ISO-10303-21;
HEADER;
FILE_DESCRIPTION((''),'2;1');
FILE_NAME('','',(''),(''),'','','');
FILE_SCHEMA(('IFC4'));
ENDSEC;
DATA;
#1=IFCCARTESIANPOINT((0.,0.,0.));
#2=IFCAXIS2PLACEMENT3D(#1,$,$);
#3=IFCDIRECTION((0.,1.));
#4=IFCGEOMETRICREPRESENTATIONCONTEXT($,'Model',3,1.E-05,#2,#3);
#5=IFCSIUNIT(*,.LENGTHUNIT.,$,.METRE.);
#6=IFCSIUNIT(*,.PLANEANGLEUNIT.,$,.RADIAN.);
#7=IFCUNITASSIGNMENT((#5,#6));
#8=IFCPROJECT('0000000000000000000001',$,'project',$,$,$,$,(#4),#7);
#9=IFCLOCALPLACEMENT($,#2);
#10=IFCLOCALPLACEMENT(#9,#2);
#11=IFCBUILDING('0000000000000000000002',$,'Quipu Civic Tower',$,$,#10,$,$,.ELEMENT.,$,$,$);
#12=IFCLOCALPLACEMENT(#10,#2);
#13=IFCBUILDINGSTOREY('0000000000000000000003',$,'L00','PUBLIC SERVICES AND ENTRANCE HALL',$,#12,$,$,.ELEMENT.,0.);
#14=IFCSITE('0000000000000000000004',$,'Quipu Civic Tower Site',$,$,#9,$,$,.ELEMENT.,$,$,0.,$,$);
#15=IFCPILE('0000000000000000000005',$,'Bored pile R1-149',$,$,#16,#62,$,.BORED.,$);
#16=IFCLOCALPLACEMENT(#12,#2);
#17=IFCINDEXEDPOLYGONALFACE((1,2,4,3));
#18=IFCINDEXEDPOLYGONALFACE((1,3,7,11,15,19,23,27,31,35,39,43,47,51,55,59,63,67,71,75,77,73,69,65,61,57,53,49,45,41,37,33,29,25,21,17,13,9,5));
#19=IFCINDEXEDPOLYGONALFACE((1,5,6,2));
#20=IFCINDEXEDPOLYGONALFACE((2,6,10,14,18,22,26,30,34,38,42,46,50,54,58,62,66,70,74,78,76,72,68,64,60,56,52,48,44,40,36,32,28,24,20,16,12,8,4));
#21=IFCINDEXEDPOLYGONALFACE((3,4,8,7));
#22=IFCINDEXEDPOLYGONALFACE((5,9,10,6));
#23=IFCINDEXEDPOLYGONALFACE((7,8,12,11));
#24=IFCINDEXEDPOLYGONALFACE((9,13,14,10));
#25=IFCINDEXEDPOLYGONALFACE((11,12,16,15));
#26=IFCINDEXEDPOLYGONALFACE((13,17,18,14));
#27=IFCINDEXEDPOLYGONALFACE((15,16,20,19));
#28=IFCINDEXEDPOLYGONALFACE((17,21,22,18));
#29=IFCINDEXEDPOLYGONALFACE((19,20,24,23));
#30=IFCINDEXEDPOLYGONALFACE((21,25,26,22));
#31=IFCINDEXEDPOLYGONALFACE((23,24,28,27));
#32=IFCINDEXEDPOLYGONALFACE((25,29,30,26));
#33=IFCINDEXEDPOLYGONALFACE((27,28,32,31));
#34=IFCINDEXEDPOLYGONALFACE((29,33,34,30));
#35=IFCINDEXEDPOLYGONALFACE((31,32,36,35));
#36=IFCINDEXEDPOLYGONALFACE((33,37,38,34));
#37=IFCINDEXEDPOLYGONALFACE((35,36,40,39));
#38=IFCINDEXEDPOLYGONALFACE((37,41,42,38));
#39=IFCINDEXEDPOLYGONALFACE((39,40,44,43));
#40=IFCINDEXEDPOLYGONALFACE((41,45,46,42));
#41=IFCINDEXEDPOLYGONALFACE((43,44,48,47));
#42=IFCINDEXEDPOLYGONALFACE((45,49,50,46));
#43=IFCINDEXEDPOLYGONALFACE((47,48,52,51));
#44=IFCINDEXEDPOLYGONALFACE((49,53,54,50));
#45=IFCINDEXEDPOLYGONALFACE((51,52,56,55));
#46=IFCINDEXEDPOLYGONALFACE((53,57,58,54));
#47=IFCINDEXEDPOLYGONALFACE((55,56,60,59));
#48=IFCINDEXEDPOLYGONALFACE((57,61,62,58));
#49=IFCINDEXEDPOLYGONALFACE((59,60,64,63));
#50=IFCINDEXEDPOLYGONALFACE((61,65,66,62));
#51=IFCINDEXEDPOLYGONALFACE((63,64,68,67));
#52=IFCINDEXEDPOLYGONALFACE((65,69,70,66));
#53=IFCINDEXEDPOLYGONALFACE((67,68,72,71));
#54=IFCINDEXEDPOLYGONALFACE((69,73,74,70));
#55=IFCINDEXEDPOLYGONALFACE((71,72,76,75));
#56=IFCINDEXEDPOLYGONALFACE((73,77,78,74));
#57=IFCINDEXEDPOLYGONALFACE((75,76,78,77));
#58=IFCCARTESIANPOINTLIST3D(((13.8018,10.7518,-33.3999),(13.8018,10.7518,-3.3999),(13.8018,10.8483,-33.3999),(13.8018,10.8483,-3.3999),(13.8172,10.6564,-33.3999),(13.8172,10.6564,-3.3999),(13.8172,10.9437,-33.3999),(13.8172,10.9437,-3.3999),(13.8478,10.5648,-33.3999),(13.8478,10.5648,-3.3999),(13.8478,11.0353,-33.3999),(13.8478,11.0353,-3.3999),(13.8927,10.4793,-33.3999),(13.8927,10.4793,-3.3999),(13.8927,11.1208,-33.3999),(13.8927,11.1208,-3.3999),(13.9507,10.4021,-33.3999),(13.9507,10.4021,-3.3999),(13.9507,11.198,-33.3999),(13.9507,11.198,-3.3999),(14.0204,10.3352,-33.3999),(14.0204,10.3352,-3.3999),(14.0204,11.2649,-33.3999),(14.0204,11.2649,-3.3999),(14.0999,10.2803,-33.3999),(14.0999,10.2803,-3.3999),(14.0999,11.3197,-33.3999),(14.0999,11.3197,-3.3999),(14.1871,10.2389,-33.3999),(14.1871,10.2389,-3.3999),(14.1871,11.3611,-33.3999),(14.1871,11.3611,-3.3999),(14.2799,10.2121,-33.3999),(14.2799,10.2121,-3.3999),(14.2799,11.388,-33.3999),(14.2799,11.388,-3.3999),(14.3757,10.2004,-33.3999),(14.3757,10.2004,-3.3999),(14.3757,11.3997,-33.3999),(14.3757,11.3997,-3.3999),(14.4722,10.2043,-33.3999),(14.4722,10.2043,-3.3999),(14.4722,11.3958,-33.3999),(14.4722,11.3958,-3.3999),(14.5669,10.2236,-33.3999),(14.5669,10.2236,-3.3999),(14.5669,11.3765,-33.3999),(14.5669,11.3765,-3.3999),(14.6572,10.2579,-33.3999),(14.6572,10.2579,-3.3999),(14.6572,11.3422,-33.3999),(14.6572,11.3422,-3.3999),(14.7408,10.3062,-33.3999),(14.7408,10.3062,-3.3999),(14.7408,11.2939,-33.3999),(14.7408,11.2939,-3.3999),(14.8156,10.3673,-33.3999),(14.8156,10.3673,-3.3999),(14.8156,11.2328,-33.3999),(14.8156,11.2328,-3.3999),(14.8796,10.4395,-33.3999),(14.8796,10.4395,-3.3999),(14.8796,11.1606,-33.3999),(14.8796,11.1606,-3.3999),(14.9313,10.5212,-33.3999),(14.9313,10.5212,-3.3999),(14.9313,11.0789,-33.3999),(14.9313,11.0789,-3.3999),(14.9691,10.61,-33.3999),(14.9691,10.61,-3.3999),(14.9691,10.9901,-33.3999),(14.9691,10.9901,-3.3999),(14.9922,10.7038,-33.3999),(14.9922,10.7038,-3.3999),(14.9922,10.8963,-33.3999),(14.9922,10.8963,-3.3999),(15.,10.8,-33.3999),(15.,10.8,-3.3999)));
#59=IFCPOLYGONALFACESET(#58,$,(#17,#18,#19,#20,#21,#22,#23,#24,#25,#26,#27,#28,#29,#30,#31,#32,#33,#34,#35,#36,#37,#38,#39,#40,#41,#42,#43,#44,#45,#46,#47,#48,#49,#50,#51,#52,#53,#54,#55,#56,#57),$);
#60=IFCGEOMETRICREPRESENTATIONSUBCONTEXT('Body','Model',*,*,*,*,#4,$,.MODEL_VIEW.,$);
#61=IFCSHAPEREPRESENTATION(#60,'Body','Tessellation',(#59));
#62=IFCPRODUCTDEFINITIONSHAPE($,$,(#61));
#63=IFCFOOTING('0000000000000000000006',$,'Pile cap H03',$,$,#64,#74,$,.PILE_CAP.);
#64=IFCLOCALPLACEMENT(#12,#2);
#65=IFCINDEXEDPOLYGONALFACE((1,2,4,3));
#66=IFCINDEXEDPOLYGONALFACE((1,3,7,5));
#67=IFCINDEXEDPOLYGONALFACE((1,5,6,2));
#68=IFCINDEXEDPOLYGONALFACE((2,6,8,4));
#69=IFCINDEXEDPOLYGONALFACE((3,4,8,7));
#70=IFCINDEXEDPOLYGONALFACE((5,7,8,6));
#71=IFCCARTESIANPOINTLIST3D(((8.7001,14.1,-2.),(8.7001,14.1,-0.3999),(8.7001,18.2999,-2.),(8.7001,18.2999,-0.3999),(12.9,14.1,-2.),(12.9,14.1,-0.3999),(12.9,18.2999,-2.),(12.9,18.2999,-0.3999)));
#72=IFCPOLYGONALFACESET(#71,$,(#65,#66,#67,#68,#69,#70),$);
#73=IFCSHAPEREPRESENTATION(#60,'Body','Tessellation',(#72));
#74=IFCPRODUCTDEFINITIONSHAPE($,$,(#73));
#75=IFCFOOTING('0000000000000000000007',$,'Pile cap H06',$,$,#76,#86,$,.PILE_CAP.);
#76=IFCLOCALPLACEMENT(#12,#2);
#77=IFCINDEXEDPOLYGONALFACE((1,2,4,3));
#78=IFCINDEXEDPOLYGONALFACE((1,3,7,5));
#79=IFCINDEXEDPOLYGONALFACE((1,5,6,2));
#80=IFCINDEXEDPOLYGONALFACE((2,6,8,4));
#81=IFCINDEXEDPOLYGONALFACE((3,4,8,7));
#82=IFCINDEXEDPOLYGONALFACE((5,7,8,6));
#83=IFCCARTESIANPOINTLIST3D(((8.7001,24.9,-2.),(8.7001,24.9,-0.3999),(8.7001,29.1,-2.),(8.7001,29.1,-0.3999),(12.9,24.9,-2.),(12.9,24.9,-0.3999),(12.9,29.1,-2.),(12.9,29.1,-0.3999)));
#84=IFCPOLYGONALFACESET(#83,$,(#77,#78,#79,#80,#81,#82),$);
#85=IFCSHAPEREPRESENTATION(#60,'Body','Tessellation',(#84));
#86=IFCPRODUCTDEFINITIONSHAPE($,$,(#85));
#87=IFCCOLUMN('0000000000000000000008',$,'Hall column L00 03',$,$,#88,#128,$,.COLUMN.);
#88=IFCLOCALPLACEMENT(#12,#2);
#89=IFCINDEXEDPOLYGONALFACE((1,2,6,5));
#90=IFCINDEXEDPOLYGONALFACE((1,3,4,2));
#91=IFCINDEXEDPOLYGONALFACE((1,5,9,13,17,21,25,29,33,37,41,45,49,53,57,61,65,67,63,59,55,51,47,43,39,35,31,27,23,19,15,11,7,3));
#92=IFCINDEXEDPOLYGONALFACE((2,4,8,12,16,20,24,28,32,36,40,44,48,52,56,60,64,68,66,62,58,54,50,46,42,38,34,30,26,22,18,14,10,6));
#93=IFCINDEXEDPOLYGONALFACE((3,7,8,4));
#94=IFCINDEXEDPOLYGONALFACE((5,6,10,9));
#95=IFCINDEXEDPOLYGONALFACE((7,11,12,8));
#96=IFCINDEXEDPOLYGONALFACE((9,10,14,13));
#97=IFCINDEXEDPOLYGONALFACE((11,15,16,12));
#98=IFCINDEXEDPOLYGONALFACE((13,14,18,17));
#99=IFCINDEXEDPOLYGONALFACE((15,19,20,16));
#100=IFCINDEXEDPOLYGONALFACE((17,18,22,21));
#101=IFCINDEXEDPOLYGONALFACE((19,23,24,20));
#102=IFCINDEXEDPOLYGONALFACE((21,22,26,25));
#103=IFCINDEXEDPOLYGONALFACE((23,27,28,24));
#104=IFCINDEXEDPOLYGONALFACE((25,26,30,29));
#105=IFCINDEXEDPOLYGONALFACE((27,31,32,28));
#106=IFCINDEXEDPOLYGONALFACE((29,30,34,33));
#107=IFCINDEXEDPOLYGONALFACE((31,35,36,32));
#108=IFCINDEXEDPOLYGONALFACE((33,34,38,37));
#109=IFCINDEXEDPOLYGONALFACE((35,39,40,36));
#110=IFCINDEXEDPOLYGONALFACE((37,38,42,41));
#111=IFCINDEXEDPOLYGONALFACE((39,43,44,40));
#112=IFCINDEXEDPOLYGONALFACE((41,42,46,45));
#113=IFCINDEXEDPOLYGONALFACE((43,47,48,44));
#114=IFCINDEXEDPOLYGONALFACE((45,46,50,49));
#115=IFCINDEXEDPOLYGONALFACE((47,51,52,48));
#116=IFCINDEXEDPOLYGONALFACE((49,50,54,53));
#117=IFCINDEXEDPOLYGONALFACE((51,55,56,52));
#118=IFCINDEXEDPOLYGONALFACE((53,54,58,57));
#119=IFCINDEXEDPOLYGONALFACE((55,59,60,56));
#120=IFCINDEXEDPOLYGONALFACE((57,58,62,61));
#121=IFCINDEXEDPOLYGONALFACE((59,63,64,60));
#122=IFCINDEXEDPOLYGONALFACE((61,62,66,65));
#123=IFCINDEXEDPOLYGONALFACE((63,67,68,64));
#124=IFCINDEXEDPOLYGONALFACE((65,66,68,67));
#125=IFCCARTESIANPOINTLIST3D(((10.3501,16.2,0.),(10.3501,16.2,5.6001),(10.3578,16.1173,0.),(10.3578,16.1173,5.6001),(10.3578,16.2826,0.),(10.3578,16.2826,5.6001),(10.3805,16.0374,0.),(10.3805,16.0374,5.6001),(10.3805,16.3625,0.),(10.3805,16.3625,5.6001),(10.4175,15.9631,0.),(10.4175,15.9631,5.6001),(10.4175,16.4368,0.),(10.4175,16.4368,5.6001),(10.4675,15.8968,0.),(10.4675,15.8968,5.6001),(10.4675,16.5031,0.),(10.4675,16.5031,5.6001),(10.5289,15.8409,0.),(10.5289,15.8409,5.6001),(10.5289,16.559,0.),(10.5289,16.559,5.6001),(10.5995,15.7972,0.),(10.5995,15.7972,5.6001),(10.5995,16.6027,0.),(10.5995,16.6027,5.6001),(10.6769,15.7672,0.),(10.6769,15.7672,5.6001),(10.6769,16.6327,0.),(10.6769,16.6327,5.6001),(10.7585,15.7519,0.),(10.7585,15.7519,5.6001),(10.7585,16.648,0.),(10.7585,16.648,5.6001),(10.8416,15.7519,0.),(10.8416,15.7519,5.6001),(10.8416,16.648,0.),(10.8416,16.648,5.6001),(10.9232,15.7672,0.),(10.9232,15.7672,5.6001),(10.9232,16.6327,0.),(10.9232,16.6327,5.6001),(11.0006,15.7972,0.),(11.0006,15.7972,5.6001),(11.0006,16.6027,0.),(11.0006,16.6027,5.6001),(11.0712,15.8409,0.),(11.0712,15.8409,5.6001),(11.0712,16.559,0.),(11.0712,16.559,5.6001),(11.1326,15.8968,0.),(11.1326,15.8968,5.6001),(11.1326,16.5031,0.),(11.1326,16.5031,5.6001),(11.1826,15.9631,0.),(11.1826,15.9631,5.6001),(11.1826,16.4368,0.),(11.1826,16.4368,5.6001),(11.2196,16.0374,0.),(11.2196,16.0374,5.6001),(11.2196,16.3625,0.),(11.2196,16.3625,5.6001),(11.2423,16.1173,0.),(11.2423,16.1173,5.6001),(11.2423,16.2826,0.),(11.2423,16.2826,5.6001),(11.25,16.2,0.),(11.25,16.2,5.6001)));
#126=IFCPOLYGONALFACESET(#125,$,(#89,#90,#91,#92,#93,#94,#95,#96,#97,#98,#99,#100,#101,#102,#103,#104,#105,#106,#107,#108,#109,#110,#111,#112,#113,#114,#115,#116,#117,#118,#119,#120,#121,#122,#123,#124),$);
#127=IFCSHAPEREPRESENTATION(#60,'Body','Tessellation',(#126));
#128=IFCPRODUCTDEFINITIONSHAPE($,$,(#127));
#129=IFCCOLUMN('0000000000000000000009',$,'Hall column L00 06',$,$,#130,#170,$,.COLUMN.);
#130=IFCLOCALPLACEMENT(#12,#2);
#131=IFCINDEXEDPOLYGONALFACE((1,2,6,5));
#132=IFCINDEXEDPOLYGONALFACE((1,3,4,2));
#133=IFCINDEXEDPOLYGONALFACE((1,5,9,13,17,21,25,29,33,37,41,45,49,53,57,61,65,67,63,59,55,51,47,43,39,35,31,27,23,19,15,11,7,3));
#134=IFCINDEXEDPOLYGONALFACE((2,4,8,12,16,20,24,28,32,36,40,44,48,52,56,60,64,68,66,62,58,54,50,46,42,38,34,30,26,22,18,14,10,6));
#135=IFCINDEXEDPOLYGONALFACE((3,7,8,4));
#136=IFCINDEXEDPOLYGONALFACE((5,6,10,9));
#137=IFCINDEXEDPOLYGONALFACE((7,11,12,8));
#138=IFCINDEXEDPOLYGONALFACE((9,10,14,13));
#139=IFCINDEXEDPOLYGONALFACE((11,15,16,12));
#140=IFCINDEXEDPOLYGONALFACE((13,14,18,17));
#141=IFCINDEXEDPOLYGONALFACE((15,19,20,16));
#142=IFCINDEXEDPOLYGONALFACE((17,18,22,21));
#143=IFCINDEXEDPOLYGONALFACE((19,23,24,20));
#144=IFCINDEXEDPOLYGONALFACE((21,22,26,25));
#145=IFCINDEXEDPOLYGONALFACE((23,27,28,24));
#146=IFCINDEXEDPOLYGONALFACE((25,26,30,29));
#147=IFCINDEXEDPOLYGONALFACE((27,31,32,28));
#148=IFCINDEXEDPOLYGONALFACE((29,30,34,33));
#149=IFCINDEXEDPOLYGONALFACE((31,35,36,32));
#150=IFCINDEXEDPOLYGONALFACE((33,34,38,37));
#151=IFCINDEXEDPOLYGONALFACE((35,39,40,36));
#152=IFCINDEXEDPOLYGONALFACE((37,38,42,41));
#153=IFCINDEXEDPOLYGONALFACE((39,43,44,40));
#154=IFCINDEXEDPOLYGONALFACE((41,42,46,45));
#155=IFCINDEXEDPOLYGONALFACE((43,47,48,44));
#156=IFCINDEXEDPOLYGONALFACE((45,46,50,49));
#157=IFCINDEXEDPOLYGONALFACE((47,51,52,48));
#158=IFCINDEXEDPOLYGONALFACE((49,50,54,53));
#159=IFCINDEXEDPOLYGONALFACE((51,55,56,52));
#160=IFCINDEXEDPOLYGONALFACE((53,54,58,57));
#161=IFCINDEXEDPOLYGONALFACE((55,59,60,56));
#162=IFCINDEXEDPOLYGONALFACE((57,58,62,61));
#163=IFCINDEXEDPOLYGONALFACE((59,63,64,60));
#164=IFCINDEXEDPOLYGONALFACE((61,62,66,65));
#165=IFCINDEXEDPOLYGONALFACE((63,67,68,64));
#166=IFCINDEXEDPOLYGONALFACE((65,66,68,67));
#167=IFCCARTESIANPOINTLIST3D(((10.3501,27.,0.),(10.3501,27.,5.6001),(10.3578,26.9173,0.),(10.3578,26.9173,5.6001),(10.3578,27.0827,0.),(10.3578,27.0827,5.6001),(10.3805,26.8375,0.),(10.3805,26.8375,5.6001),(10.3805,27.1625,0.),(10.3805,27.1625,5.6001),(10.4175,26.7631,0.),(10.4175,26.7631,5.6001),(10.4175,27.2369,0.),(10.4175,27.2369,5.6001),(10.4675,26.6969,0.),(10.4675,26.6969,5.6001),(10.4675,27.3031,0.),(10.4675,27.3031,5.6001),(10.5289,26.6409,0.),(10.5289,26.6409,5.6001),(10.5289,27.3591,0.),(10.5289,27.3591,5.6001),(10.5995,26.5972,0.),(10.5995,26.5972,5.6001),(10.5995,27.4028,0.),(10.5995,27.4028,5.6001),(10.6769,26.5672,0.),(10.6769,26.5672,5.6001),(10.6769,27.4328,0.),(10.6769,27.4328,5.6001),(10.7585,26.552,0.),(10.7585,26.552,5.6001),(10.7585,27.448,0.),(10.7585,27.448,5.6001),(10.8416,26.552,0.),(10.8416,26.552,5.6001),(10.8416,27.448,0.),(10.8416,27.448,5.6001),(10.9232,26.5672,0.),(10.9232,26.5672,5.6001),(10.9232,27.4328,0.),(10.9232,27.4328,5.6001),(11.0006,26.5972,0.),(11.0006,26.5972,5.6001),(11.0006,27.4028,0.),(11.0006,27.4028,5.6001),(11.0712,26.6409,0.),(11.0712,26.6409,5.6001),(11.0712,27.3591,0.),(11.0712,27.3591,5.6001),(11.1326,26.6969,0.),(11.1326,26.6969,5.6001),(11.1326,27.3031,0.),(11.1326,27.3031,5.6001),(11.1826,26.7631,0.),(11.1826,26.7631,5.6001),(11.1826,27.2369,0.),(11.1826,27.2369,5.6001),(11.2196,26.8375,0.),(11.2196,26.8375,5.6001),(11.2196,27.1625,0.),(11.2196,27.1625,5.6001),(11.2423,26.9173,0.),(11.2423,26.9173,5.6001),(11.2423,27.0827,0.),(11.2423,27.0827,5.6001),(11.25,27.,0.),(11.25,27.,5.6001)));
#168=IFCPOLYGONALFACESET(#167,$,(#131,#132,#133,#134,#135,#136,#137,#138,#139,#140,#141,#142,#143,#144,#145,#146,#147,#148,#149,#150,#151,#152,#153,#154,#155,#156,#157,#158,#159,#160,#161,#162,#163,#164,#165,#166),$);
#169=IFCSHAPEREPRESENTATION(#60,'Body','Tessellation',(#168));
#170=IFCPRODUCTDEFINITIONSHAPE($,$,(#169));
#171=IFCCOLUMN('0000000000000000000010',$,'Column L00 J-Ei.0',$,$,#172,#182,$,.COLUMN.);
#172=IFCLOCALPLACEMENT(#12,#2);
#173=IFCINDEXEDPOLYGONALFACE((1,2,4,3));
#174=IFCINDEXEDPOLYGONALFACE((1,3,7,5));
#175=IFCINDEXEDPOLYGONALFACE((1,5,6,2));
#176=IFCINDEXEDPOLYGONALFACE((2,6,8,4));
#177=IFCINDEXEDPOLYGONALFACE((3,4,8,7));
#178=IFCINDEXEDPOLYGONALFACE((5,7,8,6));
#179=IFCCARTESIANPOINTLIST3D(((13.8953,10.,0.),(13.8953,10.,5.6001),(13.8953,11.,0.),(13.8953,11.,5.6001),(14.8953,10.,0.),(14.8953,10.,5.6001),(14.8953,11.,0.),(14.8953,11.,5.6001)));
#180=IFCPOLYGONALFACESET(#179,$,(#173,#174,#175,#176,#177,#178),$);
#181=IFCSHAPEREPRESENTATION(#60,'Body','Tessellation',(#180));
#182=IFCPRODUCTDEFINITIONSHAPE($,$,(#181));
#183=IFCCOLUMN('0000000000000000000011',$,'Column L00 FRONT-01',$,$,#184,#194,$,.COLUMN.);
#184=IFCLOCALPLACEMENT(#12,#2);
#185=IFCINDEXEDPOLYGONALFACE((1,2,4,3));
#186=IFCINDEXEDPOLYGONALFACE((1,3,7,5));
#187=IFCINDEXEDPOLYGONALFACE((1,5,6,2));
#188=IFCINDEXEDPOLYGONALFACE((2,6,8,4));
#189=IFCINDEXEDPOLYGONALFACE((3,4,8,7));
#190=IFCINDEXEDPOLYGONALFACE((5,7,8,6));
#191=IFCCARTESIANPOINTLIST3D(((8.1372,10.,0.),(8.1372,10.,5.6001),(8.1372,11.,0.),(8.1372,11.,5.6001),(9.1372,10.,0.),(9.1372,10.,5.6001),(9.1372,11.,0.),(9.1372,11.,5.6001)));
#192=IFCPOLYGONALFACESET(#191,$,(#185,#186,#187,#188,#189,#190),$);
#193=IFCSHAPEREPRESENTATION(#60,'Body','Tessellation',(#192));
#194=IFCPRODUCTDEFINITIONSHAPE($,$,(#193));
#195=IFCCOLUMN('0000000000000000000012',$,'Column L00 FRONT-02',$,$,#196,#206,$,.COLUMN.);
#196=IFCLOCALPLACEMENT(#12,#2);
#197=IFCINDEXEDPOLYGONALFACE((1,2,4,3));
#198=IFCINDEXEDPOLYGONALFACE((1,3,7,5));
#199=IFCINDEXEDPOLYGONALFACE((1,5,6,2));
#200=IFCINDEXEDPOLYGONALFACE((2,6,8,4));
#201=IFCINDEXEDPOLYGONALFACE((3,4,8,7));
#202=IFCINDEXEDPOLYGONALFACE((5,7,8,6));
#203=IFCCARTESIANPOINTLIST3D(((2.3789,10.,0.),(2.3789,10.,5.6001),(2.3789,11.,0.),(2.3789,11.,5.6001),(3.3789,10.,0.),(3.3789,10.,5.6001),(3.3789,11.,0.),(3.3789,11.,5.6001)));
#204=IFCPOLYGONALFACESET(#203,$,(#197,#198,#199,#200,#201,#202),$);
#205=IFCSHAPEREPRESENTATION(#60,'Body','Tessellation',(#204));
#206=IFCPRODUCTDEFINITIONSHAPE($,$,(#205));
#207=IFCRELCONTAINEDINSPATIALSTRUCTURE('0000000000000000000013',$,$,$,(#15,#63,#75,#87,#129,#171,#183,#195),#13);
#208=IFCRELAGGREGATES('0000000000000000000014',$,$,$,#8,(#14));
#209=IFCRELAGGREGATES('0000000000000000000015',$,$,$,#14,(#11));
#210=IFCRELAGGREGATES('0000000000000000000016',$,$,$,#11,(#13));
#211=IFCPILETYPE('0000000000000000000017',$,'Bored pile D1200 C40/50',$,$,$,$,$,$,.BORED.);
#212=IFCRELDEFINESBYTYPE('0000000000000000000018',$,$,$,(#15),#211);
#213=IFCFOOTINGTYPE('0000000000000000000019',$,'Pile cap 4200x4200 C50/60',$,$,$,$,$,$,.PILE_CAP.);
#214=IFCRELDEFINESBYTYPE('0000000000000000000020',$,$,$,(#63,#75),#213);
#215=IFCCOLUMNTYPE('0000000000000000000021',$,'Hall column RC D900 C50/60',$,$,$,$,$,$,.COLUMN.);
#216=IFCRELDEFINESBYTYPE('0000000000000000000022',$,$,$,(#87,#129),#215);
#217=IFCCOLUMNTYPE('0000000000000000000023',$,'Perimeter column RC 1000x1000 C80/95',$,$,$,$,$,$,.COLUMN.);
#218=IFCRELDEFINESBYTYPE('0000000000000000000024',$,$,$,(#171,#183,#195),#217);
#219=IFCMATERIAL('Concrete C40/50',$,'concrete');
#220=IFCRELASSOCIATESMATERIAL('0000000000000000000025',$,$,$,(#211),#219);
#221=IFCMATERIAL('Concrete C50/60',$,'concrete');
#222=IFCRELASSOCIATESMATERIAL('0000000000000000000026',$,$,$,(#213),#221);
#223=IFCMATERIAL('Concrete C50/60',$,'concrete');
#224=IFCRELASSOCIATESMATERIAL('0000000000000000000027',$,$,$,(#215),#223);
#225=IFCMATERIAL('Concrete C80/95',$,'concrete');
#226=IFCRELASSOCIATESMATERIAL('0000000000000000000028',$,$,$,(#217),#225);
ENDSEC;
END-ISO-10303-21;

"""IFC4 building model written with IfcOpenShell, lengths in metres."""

from ifc_helpers import new_model, si_unit, direction, frame, origin, origin_2d, place, context, subcontext, project, spatial, rectangle, circle, extrude, material, material_profile, profile_set, type_object, element, save


model = new_model("IFC4")

# Units and contexts
model_context = context("Model", 3, precision=1e-05, world=origin(), true_north=direction((0.0, 1.0)))
body_context = subcontext(model_context, "Body", "Model", "MODEL_VIEW")
ifc_project = project(units=[si_unit("LENGTHUNIT", "METRE"), si_unit("PLANEANGLEUNIT", "RADIAN")], contexts=[model_context])

# Site, building, storey
site_placement = place(None, origin())
site = spatial("IfcSite", under=ifc_project, at=site_placement, Name="Quipu Civic Tower Site", CompositionType="ELEMENT", RefElevation=0.0)
building_placement = place(site_placement, origin())
building = spatial("IfcBuilding", under=site, at=building_placement, Name="Quipu Civic Tower", CompositionType="ELEMENT")
storey_placement = place(building_placement, origin())
storey = spatial("IfcBuildingStorey", under=building, at=storey_placement, Name="L00", Description="PUBLIC SERVICES AND ENTRANCE HALL", CompositionType="ELEMENT", Elevation=0.0)

# Pile
ifc_material_1 = material(Name="Concrete C40/50", Category="concrete")
ifc_material_profile_1 = material_profile(ifc_material_1, circle(Radius=0.6001, at=origin_2d()), Name="RCD1200")
ifc_profile_set_1 = profile_set([ifc_material_profile_1], Name="Concrete C40/50")
pile_type_1 = type_object("IfcPileType", Name="Bored pile D1200 C40/50", PredefinedType="BORED", material=ifc_profile_set_1)
for number, where, z_axis, x_axis, name in (
    (1, (14.3999, 10.8, -3.3999), (0.0, 0.0, -1.0), (1.0, 0.0, 0.0), "Bored pile R1-149"),
):
    element("IfcPile", number, at=place(storey_placement, frame(where, z_axis=z_axis, x_axis=x_axis)), inside=storey, type_object=pile_type_1, Name=name, PredefinedType="BORED", context=body_context, shape_type="SweptSolid", body=[
        extrude(circle(Radius=0.6001, at=origin_2d()), origin(), (0.0, 0.0, 1.0), 30.0),
    ])

# Footings
ifc_material_2 = material(Name="Concrete C50/60", Category="concrete")
footing_type = type_object("IfcFootingType", Name="Pile cap 4200x4200 C50/60", PredefinedType="PILE_CAP", material=ifc_material_2)
for number, where, z_axis, x_axis, name in (
    (2, (10.8, 16.2, -2.0), (0.0, 0.0, 1.0), (1.0, 0.0, 0.0), "Pile cap H03"),
    (3, (10.8, 27.0, -2.0), (0.0, 0.0, 1.0), (1.0, 0.0, 0.0), "Pile cap H06"),
):
    element("IfcFooting", number, at=place(storey_placement, frame(where, z_axis=z_axis, x_axis=x_axis)), inside=storey, type_object=footing_type, Name=name, PredefinedType="PILE_CAP", context=body_context, shape_type="SweptSolid", body=[
        extrude(rectangle(XDim=4.2, YDim=4.2, at=origin_2d()), origin(), (0.0, 0.0, 1.0), 1.6001),
    ])

# Columns
ifc_material_3 = material(Name="Concrete C50/60", Category="concrete")
ifc_material_profile_2 = material_profile(ifc_material_3, circle(Radius=0.45, at=origin_2d()), Name="RCD900")
ifc_profile_set_2 = profile_set([ifc_material_profile_2], Name="Concrete C50/60")
column_type_1 = type_object("IfcColumnType", Name="Hall column RC D900 C50/60", PredefinedType="COLUMN", material=ifc_profile_set_2)
for number, where, z_axis, x_axis, name in (
    (4, (10.8, 16.2, 0.0), (0.0, 0.0, 1.0), (1.0, 0.0, 0.0), "Hall column L00 03"),
    (5, (10.8, 27.0, 0.0), (0.0, 0.0, 1.0), (1.0, 0.0, 0.0), "Hall column L00 06"),
):
    element("IfcColumn", number, at=place(storey_placement, frame(where, z_axis=z_axis, x_axis=x_axis)), inside=storey, type_object=column_type_1, Name=name, PredefinedType="COLUMN", context=body_context, shape_type="SweptSolid", body=[
        extrude(circle(Radius=0.45, at=origin_2d()), origin(), (0.0, 0.0, 1.0), 5.6001),
    ])
ifc_material_4 = material(Name="Concrete C80/95", Category="concrete")
ifc_material_profile_3 = material_profile(ifc_material_4, rectangle(XDim=1.0, YDim=1.0, at=origin_2d()), Name="RC1000x1000")
ifc_profile_set_3 = profile_set([ifc_material_profile_3], Name="Concrete C80/95")
column_type_2 = type_object("IfcColumnType", Name="Perimeter column RC 1000x1000 C80/95", PredefinedType="COLUMN", material=ifc_profile_set_3)
for number, where, z_axis, x_axis, name in (
    (6, (14.3953, 10.5, 0.0), (0.0, 0.0, 1.0), (-1.0, 0.0, 0.0), "Column L00 J-Ei.0"),
    (7, (8.6372, 10.5, 0.0), (0.0, 0.0, 1.0), (-1.0, 0.0, 0.0), "Column L00 FRONT-01"),
    (8, (2.8789, 10.5, 0.0), (0.0, 0.0, 1.0), (-1.0, 0.0, 0.0), "Column L00 FRONT-02"),
):
    element("IfcColumn", number, at=place(storey_placement, frame(where, z_axis=z_axis, x_axis=x_axis)), inside=storey, type_object=column_type_2, Name=name, PredefinedType="COLUMN", context=body_context, shape_type="SweptSolid", body=[
        extrude(rectangle(XDim=1.0, YDim=1.0, at=origin_2d()), origin(), (0.0, 0.0, 1.0), 5.6001),
    ])

save(model, "model.ifc")
